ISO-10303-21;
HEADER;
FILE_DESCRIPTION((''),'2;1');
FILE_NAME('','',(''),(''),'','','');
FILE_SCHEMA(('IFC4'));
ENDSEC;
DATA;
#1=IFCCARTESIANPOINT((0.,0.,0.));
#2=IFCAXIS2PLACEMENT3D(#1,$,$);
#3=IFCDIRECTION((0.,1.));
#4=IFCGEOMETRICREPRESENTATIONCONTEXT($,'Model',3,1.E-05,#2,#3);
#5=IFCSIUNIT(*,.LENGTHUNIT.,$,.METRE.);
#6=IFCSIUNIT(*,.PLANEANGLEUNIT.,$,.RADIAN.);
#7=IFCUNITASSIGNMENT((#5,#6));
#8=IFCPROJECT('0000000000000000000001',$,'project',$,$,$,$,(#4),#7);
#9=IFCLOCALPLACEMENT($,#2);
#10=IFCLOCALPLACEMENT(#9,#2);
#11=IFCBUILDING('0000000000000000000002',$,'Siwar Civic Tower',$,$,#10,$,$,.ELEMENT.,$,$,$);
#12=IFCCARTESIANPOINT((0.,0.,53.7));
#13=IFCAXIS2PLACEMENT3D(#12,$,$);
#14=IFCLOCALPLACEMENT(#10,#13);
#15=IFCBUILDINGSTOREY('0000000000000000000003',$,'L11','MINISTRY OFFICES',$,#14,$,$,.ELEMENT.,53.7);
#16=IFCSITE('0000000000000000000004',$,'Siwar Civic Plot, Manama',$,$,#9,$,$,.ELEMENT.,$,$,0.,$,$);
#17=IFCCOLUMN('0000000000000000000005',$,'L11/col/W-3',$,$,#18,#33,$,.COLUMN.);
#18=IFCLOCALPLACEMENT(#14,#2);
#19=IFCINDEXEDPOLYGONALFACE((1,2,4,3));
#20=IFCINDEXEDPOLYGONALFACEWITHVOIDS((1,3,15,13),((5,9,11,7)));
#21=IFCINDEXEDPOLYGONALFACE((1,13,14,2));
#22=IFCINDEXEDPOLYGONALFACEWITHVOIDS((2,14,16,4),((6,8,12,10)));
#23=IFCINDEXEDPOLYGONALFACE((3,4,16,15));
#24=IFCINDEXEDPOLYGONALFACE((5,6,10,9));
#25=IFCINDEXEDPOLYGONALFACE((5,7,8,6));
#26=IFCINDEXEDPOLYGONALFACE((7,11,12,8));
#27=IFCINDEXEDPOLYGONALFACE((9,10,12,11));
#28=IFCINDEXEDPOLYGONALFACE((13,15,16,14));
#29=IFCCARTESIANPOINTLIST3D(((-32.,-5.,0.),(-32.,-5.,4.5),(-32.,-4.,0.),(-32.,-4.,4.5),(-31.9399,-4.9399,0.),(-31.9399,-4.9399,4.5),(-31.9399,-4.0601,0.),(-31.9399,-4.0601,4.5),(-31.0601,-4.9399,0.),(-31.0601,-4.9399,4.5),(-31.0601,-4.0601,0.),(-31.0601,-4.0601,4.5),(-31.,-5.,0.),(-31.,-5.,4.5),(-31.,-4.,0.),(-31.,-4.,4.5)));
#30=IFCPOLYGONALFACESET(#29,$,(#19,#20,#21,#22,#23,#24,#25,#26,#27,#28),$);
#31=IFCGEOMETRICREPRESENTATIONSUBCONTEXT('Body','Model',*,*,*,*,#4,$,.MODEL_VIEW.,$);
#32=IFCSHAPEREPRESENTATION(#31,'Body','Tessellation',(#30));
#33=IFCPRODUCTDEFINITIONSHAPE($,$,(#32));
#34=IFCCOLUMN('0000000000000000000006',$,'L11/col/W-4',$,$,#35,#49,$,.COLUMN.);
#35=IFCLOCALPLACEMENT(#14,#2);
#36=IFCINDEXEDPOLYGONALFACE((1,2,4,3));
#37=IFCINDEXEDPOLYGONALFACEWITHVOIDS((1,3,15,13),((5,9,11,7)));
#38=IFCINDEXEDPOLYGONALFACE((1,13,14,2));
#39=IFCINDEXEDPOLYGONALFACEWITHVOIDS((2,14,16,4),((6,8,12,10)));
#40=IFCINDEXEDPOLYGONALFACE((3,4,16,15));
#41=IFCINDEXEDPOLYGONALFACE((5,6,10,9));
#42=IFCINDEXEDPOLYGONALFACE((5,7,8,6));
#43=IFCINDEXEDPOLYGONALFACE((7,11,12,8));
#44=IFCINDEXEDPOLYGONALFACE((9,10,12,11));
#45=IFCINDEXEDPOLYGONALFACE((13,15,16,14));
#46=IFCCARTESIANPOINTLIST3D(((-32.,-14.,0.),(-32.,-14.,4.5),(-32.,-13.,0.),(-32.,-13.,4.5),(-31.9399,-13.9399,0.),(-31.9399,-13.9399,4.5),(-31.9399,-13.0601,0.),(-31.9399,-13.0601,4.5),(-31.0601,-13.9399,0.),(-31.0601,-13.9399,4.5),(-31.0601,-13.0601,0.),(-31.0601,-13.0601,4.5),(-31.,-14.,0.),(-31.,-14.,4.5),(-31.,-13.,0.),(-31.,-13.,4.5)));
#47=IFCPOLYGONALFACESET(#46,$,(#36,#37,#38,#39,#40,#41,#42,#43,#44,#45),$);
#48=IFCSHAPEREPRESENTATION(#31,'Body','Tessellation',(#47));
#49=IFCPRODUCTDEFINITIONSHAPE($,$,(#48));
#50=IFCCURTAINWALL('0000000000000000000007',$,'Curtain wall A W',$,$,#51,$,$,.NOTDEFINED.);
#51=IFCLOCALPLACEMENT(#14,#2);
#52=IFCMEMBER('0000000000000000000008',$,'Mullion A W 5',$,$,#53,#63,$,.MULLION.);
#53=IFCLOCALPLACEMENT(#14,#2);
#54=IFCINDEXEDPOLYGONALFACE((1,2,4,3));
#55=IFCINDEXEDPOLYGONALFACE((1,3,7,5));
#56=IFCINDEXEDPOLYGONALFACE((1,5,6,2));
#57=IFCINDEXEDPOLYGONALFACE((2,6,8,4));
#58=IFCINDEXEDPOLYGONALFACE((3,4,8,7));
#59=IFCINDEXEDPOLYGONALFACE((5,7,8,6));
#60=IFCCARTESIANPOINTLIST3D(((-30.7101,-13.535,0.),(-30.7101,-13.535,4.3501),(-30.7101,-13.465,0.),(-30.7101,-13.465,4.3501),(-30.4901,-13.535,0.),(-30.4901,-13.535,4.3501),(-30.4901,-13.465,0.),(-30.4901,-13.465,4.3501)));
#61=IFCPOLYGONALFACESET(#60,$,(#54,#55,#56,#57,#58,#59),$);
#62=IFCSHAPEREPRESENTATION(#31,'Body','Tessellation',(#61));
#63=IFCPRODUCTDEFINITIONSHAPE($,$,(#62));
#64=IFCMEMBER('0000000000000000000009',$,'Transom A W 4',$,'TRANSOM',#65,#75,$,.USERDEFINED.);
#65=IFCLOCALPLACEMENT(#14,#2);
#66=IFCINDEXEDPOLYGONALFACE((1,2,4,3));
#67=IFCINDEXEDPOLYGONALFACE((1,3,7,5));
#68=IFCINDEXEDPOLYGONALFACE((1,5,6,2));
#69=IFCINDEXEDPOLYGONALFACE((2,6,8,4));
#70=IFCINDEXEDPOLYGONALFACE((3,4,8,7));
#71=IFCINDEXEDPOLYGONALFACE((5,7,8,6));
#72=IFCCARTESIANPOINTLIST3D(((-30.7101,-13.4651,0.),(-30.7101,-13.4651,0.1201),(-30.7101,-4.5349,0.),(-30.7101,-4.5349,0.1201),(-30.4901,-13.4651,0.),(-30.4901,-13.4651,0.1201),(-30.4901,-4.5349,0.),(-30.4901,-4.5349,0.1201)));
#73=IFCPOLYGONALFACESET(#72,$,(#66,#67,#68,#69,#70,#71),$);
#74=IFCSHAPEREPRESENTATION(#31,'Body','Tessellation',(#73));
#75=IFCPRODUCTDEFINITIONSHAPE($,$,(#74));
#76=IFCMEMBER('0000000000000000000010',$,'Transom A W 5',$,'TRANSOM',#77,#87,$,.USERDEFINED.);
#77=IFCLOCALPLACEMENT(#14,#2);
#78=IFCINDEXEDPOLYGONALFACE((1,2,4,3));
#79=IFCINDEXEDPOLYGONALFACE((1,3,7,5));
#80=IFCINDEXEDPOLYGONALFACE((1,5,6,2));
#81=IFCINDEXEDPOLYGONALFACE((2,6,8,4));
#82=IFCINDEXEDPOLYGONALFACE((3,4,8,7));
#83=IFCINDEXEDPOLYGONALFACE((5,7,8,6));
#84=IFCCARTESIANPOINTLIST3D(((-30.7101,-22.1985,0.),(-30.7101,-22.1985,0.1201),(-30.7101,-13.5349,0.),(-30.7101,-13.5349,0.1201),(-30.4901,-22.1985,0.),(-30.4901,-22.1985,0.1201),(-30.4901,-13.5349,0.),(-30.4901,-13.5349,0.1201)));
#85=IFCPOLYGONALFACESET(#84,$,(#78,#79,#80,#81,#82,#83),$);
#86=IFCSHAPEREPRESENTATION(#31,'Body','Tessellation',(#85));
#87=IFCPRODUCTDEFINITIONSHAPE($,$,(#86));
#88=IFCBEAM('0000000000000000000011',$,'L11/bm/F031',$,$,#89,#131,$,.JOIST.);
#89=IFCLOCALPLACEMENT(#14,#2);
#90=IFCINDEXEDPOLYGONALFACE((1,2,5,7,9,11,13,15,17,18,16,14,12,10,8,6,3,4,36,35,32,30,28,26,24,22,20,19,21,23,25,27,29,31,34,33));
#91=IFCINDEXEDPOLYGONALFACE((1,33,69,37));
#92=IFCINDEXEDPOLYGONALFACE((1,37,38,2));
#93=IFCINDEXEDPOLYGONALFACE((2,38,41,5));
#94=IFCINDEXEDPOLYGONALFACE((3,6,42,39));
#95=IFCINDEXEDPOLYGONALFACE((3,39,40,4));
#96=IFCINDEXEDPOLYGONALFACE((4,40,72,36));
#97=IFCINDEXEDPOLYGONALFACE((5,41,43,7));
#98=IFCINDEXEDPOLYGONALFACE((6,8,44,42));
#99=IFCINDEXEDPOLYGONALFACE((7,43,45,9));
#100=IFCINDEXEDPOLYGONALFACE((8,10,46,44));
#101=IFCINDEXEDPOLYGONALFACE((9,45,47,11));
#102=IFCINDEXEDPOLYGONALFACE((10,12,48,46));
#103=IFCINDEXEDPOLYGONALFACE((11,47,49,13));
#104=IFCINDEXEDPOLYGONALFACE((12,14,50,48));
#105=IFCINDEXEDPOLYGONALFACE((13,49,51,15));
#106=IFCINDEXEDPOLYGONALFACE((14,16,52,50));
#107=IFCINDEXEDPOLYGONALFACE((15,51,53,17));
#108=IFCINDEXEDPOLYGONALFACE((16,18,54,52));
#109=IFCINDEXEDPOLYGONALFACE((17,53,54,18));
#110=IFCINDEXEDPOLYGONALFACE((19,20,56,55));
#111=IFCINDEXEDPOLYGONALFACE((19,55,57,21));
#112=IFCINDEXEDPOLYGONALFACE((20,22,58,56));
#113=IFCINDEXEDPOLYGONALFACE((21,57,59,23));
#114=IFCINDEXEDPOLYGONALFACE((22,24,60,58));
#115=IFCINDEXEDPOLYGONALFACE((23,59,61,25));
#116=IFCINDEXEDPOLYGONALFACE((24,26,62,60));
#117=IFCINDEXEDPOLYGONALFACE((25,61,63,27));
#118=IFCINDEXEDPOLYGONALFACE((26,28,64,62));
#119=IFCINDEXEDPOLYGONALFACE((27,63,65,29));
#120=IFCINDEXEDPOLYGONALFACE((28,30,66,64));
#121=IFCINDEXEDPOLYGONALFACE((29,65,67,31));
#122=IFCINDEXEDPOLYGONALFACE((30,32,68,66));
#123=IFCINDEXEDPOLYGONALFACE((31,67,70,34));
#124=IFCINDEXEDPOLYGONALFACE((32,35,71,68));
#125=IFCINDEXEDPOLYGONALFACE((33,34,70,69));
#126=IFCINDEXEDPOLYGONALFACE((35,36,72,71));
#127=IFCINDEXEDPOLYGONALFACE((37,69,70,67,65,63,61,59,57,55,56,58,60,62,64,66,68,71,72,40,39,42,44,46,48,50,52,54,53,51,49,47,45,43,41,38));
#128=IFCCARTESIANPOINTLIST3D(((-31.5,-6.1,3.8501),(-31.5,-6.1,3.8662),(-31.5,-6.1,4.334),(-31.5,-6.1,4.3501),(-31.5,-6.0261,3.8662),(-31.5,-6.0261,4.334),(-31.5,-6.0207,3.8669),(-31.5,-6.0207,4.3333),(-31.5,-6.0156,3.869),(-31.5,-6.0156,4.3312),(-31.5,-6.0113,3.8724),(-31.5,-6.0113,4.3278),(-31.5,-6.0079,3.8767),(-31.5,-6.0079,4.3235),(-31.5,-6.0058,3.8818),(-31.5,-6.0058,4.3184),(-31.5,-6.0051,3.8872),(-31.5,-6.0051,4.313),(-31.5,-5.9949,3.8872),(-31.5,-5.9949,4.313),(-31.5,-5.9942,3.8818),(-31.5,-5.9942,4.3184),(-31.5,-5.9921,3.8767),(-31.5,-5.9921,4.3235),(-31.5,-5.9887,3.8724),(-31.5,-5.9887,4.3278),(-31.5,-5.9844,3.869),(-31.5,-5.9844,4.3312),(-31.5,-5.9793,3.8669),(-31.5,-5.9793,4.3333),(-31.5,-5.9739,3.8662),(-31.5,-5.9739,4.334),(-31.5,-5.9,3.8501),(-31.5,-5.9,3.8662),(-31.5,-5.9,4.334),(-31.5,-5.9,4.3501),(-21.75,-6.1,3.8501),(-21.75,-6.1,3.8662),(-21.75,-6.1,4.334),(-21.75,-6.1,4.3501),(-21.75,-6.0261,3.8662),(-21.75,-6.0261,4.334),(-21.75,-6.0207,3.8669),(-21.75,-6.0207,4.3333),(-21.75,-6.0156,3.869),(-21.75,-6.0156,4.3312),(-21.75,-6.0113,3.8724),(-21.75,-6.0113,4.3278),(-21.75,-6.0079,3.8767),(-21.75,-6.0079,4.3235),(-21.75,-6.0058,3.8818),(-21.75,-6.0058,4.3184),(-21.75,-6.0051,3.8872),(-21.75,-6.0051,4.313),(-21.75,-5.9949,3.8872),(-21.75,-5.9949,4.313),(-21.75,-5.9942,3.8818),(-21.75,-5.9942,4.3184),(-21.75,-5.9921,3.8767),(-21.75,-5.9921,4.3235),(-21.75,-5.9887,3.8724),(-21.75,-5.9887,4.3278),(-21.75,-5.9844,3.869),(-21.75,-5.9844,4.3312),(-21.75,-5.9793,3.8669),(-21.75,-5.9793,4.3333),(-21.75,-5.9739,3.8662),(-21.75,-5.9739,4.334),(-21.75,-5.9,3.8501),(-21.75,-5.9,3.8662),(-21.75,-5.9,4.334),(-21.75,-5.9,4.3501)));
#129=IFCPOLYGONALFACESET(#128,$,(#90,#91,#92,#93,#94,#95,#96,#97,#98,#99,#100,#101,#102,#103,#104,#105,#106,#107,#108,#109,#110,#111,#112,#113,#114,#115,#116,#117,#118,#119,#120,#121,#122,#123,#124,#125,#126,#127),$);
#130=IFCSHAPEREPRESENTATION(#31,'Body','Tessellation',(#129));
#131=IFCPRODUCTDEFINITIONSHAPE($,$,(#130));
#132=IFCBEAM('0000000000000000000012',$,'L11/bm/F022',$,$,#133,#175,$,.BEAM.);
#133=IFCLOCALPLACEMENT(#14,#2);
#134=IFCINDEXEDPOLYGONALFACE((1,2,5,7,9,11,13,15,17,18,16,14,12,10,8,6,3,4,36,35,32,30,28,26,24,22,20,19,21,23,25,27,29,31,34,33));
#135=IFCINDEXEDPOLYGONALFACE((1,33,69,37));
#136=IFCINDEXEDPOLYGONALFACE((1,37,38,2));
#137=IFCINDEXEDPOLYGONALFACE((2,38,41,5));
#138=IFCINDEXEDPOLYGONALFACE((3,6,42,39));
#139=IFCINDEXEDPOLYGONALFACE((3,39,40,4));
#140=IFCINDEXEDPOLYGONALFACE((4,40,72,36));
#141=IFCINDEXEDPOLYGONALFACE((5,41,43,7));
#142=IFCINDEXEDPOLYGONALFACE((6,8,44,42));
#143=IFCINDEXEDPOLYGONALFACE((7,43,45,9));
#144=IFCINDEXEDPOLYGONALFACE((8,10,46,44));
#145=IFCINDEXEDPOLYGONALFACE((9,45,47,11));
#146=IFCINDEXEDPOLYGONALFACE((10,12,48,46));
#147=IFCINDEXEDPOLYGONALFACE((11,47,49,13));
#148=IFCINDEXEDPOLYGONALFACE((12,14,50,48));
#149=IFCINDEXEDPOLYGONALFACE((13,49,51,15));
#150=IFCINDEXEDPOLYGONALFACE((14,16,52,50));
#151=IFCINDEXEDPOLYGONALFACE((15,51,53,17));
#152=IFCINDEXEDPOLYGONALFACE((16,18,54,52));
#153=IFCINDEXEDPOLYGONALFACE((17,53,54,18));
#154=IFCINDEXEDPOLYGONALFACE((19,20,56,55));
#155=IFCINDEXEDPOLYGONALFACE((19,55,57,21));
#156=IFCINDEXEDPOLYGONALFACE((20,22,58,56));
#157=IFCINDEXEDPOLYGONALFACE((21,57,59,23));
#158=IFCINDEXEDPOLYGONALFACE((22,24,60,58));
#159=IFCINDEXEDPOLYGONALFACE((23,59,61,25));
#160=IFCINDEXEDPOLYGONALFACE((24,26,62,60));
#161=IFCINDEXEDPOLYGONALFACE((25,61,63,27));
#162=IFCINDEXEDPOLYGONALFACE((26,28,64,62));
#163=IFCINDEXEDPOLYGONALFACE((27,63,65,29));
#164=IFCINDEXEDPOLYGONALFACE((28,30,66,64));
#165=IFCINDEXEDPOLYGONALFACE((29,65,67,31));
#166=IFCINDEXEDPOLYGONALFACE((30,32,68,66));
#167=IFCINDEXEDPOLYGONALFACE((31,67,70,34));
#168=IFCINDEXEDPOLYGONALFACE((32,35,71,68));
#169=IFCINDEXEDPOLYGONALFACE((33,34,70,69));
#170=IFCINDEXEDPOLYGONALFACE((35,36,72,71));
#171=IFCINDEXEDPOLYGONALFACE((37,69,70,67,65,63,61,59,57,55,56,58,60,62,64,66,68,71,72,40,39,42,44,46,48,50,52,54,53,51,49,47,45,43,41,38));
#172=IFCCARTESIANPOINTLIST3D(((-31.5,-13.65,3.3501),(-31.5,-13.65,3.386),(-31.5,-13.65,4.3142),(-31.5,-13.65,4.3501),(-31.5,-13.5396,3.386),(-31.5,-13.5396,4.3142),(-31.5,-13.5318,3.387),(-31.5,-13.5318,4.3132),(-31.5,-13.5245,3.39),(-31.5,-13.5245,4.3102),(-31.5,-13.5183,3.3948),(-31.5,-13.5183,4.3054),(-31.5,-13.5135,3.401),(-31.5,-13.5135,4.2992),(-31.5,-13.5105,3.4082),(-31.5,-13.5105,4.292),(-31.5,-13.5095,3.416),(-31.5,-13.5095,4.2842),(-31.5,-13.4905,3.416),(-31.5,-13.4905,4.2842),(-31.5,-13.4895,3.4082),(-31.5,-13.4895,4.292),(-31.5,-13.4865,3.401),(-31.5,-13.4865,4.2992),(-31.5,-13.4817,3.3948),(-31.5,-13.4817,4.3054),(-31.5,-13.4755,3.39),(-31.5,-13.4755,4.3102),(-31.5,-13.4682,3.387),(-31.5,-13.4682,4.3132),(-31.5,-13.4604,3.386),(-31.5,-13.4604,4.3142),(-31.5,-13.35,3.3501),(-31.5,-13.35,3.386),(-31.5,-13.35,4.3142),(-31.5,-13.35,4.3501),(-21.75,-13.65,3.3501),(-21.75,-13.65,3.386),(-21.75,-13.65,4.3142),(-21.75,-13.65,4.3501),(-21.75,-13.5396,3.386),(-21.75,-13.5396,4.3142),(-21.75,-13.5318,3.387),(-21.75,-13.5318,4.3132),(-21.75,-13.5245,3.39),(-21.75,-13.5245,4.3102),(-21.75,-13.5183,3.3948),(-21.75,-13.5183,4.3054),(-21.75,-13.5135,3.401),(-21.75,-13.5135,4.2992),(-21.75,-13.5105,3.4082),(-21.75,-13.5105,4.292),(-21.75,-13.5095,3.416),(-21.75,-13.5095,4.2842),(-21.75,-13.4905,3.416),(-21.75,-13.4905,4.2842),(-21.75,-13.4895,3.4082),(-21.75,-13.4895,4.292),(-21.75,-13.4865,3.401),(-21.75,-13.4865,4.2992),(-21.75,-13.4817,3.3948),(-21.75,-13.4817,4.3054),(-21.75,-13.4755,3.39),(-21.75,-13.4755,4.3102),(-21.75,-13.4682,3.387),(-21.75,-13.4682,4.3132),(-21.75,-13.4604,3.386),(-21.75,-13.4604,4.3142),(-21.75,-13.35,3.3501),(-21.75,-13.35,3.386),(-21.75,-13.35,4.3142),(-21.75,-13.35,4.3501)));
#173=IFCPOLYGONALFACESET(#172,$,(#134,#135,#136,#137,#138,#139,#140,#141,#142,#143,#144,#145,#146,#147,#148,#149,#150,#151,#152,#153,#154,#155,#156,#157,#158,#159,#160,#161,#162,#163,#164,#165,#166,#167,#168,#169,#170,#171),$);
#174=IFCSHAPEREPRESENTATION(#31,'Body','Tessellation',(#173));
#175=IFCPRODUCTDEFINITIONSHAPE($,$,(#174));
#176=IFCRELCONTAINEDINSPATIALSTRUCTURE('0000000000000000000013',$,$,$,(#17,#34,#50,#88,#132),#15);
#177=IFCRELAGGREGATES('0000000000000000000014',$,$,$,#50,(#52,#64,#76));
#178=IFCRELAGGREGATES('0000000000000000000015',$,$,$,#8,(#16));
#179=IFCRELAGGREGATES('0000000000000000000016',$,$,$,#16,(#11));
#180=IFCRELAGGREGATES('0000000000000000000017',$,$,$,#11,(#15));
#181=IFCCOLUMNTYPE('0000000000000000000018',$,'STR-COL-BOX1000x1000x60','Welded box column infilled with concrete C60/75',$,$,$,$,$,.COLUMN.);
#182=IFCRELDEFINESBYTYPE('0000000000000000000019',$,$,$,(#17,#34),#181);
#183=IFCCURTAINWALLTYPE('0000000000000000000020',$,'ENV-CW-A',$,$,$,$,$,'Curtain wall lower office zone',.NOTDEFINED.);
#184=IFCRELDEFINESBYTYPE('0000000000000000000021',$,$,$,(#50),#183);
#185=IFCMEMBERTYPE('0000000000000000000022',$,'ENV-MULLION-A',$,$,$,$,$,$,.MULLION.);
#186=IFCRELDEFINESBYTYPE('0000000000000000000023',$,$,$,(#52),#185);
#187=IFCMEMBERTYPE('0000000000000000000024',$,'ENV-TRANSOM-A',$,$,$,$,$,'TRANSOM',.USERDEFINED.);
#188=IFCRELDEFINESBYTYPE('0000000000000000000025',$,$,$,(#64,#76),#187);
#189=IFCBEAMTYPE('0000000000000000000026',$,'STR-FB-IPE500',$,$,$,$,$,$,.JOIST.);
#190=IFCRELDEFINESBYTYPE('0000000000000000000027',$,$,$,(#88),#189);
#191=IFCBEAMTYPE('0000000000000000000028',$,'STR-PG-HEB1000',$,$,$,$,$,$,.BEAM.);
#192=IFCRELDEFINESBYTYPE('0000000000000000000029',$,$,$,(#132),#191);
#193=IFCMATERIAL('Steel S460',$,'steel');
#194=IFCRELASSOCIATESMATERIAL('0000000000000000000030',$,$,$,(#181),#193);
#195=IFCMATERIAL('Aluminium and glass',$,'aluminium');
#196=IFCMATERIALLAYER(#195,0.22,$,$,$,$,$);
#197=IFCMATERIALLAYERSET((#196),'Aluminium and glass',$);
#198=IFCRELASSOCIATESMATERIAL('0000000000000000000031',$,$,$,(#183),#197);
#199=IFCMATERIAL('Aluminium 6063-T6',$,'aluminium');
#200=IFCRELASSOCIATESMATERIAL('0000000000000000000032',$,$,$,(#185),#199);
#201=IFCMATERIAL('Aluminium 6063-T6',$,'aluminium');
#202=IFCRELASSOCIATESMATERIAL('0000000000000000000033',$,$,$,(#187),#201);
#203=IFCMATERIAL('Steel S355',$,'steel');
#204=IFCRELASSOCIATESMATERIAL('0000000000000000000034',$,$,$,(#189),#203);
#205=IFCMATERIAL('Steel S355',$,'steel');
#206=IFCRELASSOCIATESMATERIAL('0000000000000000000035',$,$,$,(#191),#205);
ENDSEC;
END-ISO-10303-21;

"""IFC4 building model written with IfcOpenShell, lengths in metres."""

from ifc_helpers import new_model, si_unit, direction, frame, origin, origin_2d, place, context, subcontext, project, spatial, rectangle, hollow_rectangle, i_section, extrude, material, layer, layer_set, material_profile, profile_set, type_object, element, aggregate, save


model = new_model("IFC4")

# Units and contexts
model_context = context("Model", 3, precision=1e-05, world=origin(), true_north=direction((0.0, 1.0)))
body_context = subcontext(model_context, "Body", "Model", "MODEL_VIEW")
ifc_project = project(units=[si_unit("LENGTHUNIT", "METRE"), si_unit("PLANEANGLEUNIT", "RADIAN")], contexts=[model_context])

# Site, building, storey
site_placement = place(None, origin())
site = spatial("IfcSite", under=ifc_project, at=site_placement, Name="Siwar Civic Plot, Manama", CompositionType="ELEMENT", RefElevation=0.0)
building_placement = place(site_placement, origin())
building = spatial("IfcBuilding", under=site, at=building_placement, Name="Siwar Civic Tower", CompositionType="ELEMENT")
storey_placement = place(building_placement, frame((0.0, 0.0, 53.7)))
storey = spatial("IfcBuildingStorey", under=building, at=storey_placement, Name="L11", Description="MINISTRY OFFICES", CompositionType="ELEMENT", Elevation=53.7)

# Columns
ifc_material_1 = material(Name="Steel S460", Category="steel")
ifc_material_profile_1 = material_profile(ifc_material_1, hollow_rectangle(XDim=1.0, YDim=1.0, WallThickness=0.0601, at=origin_2d()), Name="BOX1000x1000x60")
ifc_profile_set_1 = profile_set([ifc_material_profile_1], Name="Steel S460")
column_type = type_object("IfcColumnType", Name="STR-COL-BOX1000x1000x60", Description="Welded box column infilled with concrete C60/75", PredefinedType="COLUMN", material=ifc_profile_set_1)
for number, where, z_axis, x_axis, name in (
    (1, (-31.5, -4.5, 0.0), (0.0, 0.0, 1.0), (1.0, 0.0, 0.0), "L11/col/W-3"),
    (2, (-31.5, -13.5, 0.0), (0.0, 0.0, 1.0), (1.0, 0.0, 0.0), "L11/col/W-4"),
):
    element("IfcColumn", number, at=place(storey_placement, frame(where, z_axis=z_axis, x_axis=x_axis)), inside=storey, type_object=column_type, Name=name, PredefinedType="COLUMN", context=body_context, shape_type="SweptSolid", body=[
        extrude(hollow_rectangle(XDim=1.0, YDim=1.0, WallThickness=0.0601, at=origin_2d()), origin(), (0.0, 0.0, 1.0), 4.5),
    ])

# Curtain wall, members
ifc_material_2 = material(Name="Aluminium and glass", Category="aluminium")
ifc_layer_1 = layer(ifc_material_2, 0.22)
ifc_layer_set_1 = layer_set([ifc_layer_1], Name="Aluminium and glass")
curtain_wall_type = type_object("IfcCurtainWallType", Name="ENV-CW-A", ElementType="Curtain wall lower office zone", PredefinedType="NOTDEFINED", material=ifc_layer_set_1)
curtain_wall_placement = place(storey_placement, origin())
curtain_wall = element("IfcCurtainWall", 3, at=curtain_wall_placement, inside=storey, type_object=curtain_wall_type, Name="Curtain wall A W", PredefinedType="NOTDEFINED")
ifc_material_3 = material(Name="Aluminium 6063-T6", Category="aluminium")
ifc_material_profile_2 = material_profile(ifc_material_3, rectangle(XDim=0.22, YDim=0.0701, at=origin_2d()), Name="AL 220x70")
ifc_profile_set_2 = profile_set([ifc_material_profile_2], Name="Aluminium 6063-T6")
member_type_1 = type_object("IfcMemberType", Name="ENV-MULLION-A", PredefinedType="MULLION", material=ifc_profile_set_2)
member_1_placement = place(storey_placement, frame((-30.6001, -13.5, 0.0), z_axis=(0.0, 0.0, 1.0), x_axis=(1.0, 0.0, 0.0)))
member_1 = element("IfcMember", 4, at=member_1_placement, type_object=member_type_1, Name="Mullion A W 5", PredefinedType="MULLION", context=body_context, shape_type="SweptSolid", body=[
    extrude(rectangle(XDim=0.22, YDim=0.0701, at=origin_2d()), origin(), (0.0, 0.0, 1.0), 4.3501),
])
ifc_material_4 = material(Name="Aluminium 6063-T6", Category="aluminium")
ifc_material_profile_3 = material_profile(ifc_material_4, rectangle(XDim=0.22, YDim=0.1201, at=origin_2d()), Name="AL 220x120")
ifc_profile_set_3 = profile_set([ifc_material_profile_3], Name="Aluminium 6063-T6")
member_type_2 = type_object("IfcMemberType", Name="ENV-TRANSOM-A", ElementType="TRANSOM", PredefinedType="USERDEFINED", material=ifc_profile_set_3)
member_2_placement = place(storey_placement, frame((-30.6001, -4.5349, 0.0601), z_axis=(0.0, -1.0, 0.0), x_axis=(1.0, 0.0, 0.0)))
member_2 = element("IfcMember", 5, at=member_2_placement, type_object=member_type_2, Name="Transom A W 4", ObjectType="TRANSOM", PredefinedType="USERDEFINED", context=body_context, shape_type="SweptSolid", body=[
    extrude(rectangle(XDim=0.22, YDim=0.1201, at=origin_2d()), origin(), (0.0, 0.0, 1.0), 8.9302),
])
member_3_placement = place(storey_placement, frame((-30.6001, -13.5349, 0.0601), z_axis=(0.0, -1.0, 0.0), x_axis=(1.0, 0.0, 0.0)))
member_3 = element("IfcMember", 6, at=member_3_placement, type_object=member_type_2, Name="Transom A W 5", ObjectType="TRANSOM", PredefinedType="USERDEFINED", context=body_context, shape_type="SweptSolid", body=[
    extrude(rectangle(XDim=0.22, YDim=0.1201, at=origin_2d()), origin(), (0.0, 0.0, 1.0), 8.6636),
])

# Beams
ifc_material_5 = material(Name="Steel S355", Category="steel")
ifc_material_profile_4 = material_profile(ifc_material_5, i_section(OverallWidth=0.2, OverallDepth=0.5, WebThickness=0.0103, FlangeThickness=0.0161, FilletRadius=0.021, at=origin_2d()), Name="IPE500")
ifc_profile_set_4 = profile_set([ifc_material_profile_4], Name="Steel S355")
beam_type_1 = type_object("IfcBeamType", Name="STR-FB-IPE500", PredefinedType="JOIST", material=ifc_profile_set_4)
beam_1_placement = place(storey_placement, frame((-31.5, -6.0, 4.1001), z_axis=(1.0, 0.0, 0.0), x_axis=(0.0, 1.0, 0.0)))
element("IfcBeam", 7, at=beam_1_placement, inside=storey, type_object=beam_type_1, Name="L11/bm/F031", PredefinedType="JOIST", context=body_context, shape_type="SweptSolid", body=[
    extrude(i_section(OverallWidth=0.2, OverallDepth=0.5, WebThickness=0.0103, FlangeThickness=0.0161, FilletRadius=0.021, at=origin_2d()), origin(), (0.0, 0.0, 1.0), 9.75),
])
ifc_material_6 = material(Name="Steel S355", Category="steel")
ifc_material_profile_5 = material_profile(ifc_material_6, i_section(OverallWidth=0.3, OverallDepth=1.0, WebThickness=0.019, FlangeThickness=0.0359, FilletRadius=0.03, at=origin_2d()), Name="HEB1000")
ifc_profile_set_5 = profile_set([ifc_material_profile_5], Name="Steel S355")
beam_type_2 = type_object("IfcBeamType", Name="STR-PG-HEB1000", PredefinedType="BEAM", material=ifc_profile_set_5)
beam_2_placement = place(storey_placement, frame((-31.5, -13.5, 3.8501), z_axis=(1.0, 0.0, 0.0), x_axis=(0.0, 1.0, 0.0)))
element("IfcBeam", 8, at=beam_2_placement, inside=storey, type_object=beam_type_2, Name="L11/bm/F022", PredefinedType="BEAM", context=body_context, shape_type="SweptSolid", body=[
    extrude(i_section(OverallWidth=0.3, OverallDepth=1.0, WebThickness=0.019, FlangeThickness=0.0359, FilletRadius=0.03, at=origin_2d()), origin(), (0.0, 0.0, 1.0), 9.75),
])

aggregate(curtain_wall, [member_1, member_2, member_3])

save(model, "model.ifc")
